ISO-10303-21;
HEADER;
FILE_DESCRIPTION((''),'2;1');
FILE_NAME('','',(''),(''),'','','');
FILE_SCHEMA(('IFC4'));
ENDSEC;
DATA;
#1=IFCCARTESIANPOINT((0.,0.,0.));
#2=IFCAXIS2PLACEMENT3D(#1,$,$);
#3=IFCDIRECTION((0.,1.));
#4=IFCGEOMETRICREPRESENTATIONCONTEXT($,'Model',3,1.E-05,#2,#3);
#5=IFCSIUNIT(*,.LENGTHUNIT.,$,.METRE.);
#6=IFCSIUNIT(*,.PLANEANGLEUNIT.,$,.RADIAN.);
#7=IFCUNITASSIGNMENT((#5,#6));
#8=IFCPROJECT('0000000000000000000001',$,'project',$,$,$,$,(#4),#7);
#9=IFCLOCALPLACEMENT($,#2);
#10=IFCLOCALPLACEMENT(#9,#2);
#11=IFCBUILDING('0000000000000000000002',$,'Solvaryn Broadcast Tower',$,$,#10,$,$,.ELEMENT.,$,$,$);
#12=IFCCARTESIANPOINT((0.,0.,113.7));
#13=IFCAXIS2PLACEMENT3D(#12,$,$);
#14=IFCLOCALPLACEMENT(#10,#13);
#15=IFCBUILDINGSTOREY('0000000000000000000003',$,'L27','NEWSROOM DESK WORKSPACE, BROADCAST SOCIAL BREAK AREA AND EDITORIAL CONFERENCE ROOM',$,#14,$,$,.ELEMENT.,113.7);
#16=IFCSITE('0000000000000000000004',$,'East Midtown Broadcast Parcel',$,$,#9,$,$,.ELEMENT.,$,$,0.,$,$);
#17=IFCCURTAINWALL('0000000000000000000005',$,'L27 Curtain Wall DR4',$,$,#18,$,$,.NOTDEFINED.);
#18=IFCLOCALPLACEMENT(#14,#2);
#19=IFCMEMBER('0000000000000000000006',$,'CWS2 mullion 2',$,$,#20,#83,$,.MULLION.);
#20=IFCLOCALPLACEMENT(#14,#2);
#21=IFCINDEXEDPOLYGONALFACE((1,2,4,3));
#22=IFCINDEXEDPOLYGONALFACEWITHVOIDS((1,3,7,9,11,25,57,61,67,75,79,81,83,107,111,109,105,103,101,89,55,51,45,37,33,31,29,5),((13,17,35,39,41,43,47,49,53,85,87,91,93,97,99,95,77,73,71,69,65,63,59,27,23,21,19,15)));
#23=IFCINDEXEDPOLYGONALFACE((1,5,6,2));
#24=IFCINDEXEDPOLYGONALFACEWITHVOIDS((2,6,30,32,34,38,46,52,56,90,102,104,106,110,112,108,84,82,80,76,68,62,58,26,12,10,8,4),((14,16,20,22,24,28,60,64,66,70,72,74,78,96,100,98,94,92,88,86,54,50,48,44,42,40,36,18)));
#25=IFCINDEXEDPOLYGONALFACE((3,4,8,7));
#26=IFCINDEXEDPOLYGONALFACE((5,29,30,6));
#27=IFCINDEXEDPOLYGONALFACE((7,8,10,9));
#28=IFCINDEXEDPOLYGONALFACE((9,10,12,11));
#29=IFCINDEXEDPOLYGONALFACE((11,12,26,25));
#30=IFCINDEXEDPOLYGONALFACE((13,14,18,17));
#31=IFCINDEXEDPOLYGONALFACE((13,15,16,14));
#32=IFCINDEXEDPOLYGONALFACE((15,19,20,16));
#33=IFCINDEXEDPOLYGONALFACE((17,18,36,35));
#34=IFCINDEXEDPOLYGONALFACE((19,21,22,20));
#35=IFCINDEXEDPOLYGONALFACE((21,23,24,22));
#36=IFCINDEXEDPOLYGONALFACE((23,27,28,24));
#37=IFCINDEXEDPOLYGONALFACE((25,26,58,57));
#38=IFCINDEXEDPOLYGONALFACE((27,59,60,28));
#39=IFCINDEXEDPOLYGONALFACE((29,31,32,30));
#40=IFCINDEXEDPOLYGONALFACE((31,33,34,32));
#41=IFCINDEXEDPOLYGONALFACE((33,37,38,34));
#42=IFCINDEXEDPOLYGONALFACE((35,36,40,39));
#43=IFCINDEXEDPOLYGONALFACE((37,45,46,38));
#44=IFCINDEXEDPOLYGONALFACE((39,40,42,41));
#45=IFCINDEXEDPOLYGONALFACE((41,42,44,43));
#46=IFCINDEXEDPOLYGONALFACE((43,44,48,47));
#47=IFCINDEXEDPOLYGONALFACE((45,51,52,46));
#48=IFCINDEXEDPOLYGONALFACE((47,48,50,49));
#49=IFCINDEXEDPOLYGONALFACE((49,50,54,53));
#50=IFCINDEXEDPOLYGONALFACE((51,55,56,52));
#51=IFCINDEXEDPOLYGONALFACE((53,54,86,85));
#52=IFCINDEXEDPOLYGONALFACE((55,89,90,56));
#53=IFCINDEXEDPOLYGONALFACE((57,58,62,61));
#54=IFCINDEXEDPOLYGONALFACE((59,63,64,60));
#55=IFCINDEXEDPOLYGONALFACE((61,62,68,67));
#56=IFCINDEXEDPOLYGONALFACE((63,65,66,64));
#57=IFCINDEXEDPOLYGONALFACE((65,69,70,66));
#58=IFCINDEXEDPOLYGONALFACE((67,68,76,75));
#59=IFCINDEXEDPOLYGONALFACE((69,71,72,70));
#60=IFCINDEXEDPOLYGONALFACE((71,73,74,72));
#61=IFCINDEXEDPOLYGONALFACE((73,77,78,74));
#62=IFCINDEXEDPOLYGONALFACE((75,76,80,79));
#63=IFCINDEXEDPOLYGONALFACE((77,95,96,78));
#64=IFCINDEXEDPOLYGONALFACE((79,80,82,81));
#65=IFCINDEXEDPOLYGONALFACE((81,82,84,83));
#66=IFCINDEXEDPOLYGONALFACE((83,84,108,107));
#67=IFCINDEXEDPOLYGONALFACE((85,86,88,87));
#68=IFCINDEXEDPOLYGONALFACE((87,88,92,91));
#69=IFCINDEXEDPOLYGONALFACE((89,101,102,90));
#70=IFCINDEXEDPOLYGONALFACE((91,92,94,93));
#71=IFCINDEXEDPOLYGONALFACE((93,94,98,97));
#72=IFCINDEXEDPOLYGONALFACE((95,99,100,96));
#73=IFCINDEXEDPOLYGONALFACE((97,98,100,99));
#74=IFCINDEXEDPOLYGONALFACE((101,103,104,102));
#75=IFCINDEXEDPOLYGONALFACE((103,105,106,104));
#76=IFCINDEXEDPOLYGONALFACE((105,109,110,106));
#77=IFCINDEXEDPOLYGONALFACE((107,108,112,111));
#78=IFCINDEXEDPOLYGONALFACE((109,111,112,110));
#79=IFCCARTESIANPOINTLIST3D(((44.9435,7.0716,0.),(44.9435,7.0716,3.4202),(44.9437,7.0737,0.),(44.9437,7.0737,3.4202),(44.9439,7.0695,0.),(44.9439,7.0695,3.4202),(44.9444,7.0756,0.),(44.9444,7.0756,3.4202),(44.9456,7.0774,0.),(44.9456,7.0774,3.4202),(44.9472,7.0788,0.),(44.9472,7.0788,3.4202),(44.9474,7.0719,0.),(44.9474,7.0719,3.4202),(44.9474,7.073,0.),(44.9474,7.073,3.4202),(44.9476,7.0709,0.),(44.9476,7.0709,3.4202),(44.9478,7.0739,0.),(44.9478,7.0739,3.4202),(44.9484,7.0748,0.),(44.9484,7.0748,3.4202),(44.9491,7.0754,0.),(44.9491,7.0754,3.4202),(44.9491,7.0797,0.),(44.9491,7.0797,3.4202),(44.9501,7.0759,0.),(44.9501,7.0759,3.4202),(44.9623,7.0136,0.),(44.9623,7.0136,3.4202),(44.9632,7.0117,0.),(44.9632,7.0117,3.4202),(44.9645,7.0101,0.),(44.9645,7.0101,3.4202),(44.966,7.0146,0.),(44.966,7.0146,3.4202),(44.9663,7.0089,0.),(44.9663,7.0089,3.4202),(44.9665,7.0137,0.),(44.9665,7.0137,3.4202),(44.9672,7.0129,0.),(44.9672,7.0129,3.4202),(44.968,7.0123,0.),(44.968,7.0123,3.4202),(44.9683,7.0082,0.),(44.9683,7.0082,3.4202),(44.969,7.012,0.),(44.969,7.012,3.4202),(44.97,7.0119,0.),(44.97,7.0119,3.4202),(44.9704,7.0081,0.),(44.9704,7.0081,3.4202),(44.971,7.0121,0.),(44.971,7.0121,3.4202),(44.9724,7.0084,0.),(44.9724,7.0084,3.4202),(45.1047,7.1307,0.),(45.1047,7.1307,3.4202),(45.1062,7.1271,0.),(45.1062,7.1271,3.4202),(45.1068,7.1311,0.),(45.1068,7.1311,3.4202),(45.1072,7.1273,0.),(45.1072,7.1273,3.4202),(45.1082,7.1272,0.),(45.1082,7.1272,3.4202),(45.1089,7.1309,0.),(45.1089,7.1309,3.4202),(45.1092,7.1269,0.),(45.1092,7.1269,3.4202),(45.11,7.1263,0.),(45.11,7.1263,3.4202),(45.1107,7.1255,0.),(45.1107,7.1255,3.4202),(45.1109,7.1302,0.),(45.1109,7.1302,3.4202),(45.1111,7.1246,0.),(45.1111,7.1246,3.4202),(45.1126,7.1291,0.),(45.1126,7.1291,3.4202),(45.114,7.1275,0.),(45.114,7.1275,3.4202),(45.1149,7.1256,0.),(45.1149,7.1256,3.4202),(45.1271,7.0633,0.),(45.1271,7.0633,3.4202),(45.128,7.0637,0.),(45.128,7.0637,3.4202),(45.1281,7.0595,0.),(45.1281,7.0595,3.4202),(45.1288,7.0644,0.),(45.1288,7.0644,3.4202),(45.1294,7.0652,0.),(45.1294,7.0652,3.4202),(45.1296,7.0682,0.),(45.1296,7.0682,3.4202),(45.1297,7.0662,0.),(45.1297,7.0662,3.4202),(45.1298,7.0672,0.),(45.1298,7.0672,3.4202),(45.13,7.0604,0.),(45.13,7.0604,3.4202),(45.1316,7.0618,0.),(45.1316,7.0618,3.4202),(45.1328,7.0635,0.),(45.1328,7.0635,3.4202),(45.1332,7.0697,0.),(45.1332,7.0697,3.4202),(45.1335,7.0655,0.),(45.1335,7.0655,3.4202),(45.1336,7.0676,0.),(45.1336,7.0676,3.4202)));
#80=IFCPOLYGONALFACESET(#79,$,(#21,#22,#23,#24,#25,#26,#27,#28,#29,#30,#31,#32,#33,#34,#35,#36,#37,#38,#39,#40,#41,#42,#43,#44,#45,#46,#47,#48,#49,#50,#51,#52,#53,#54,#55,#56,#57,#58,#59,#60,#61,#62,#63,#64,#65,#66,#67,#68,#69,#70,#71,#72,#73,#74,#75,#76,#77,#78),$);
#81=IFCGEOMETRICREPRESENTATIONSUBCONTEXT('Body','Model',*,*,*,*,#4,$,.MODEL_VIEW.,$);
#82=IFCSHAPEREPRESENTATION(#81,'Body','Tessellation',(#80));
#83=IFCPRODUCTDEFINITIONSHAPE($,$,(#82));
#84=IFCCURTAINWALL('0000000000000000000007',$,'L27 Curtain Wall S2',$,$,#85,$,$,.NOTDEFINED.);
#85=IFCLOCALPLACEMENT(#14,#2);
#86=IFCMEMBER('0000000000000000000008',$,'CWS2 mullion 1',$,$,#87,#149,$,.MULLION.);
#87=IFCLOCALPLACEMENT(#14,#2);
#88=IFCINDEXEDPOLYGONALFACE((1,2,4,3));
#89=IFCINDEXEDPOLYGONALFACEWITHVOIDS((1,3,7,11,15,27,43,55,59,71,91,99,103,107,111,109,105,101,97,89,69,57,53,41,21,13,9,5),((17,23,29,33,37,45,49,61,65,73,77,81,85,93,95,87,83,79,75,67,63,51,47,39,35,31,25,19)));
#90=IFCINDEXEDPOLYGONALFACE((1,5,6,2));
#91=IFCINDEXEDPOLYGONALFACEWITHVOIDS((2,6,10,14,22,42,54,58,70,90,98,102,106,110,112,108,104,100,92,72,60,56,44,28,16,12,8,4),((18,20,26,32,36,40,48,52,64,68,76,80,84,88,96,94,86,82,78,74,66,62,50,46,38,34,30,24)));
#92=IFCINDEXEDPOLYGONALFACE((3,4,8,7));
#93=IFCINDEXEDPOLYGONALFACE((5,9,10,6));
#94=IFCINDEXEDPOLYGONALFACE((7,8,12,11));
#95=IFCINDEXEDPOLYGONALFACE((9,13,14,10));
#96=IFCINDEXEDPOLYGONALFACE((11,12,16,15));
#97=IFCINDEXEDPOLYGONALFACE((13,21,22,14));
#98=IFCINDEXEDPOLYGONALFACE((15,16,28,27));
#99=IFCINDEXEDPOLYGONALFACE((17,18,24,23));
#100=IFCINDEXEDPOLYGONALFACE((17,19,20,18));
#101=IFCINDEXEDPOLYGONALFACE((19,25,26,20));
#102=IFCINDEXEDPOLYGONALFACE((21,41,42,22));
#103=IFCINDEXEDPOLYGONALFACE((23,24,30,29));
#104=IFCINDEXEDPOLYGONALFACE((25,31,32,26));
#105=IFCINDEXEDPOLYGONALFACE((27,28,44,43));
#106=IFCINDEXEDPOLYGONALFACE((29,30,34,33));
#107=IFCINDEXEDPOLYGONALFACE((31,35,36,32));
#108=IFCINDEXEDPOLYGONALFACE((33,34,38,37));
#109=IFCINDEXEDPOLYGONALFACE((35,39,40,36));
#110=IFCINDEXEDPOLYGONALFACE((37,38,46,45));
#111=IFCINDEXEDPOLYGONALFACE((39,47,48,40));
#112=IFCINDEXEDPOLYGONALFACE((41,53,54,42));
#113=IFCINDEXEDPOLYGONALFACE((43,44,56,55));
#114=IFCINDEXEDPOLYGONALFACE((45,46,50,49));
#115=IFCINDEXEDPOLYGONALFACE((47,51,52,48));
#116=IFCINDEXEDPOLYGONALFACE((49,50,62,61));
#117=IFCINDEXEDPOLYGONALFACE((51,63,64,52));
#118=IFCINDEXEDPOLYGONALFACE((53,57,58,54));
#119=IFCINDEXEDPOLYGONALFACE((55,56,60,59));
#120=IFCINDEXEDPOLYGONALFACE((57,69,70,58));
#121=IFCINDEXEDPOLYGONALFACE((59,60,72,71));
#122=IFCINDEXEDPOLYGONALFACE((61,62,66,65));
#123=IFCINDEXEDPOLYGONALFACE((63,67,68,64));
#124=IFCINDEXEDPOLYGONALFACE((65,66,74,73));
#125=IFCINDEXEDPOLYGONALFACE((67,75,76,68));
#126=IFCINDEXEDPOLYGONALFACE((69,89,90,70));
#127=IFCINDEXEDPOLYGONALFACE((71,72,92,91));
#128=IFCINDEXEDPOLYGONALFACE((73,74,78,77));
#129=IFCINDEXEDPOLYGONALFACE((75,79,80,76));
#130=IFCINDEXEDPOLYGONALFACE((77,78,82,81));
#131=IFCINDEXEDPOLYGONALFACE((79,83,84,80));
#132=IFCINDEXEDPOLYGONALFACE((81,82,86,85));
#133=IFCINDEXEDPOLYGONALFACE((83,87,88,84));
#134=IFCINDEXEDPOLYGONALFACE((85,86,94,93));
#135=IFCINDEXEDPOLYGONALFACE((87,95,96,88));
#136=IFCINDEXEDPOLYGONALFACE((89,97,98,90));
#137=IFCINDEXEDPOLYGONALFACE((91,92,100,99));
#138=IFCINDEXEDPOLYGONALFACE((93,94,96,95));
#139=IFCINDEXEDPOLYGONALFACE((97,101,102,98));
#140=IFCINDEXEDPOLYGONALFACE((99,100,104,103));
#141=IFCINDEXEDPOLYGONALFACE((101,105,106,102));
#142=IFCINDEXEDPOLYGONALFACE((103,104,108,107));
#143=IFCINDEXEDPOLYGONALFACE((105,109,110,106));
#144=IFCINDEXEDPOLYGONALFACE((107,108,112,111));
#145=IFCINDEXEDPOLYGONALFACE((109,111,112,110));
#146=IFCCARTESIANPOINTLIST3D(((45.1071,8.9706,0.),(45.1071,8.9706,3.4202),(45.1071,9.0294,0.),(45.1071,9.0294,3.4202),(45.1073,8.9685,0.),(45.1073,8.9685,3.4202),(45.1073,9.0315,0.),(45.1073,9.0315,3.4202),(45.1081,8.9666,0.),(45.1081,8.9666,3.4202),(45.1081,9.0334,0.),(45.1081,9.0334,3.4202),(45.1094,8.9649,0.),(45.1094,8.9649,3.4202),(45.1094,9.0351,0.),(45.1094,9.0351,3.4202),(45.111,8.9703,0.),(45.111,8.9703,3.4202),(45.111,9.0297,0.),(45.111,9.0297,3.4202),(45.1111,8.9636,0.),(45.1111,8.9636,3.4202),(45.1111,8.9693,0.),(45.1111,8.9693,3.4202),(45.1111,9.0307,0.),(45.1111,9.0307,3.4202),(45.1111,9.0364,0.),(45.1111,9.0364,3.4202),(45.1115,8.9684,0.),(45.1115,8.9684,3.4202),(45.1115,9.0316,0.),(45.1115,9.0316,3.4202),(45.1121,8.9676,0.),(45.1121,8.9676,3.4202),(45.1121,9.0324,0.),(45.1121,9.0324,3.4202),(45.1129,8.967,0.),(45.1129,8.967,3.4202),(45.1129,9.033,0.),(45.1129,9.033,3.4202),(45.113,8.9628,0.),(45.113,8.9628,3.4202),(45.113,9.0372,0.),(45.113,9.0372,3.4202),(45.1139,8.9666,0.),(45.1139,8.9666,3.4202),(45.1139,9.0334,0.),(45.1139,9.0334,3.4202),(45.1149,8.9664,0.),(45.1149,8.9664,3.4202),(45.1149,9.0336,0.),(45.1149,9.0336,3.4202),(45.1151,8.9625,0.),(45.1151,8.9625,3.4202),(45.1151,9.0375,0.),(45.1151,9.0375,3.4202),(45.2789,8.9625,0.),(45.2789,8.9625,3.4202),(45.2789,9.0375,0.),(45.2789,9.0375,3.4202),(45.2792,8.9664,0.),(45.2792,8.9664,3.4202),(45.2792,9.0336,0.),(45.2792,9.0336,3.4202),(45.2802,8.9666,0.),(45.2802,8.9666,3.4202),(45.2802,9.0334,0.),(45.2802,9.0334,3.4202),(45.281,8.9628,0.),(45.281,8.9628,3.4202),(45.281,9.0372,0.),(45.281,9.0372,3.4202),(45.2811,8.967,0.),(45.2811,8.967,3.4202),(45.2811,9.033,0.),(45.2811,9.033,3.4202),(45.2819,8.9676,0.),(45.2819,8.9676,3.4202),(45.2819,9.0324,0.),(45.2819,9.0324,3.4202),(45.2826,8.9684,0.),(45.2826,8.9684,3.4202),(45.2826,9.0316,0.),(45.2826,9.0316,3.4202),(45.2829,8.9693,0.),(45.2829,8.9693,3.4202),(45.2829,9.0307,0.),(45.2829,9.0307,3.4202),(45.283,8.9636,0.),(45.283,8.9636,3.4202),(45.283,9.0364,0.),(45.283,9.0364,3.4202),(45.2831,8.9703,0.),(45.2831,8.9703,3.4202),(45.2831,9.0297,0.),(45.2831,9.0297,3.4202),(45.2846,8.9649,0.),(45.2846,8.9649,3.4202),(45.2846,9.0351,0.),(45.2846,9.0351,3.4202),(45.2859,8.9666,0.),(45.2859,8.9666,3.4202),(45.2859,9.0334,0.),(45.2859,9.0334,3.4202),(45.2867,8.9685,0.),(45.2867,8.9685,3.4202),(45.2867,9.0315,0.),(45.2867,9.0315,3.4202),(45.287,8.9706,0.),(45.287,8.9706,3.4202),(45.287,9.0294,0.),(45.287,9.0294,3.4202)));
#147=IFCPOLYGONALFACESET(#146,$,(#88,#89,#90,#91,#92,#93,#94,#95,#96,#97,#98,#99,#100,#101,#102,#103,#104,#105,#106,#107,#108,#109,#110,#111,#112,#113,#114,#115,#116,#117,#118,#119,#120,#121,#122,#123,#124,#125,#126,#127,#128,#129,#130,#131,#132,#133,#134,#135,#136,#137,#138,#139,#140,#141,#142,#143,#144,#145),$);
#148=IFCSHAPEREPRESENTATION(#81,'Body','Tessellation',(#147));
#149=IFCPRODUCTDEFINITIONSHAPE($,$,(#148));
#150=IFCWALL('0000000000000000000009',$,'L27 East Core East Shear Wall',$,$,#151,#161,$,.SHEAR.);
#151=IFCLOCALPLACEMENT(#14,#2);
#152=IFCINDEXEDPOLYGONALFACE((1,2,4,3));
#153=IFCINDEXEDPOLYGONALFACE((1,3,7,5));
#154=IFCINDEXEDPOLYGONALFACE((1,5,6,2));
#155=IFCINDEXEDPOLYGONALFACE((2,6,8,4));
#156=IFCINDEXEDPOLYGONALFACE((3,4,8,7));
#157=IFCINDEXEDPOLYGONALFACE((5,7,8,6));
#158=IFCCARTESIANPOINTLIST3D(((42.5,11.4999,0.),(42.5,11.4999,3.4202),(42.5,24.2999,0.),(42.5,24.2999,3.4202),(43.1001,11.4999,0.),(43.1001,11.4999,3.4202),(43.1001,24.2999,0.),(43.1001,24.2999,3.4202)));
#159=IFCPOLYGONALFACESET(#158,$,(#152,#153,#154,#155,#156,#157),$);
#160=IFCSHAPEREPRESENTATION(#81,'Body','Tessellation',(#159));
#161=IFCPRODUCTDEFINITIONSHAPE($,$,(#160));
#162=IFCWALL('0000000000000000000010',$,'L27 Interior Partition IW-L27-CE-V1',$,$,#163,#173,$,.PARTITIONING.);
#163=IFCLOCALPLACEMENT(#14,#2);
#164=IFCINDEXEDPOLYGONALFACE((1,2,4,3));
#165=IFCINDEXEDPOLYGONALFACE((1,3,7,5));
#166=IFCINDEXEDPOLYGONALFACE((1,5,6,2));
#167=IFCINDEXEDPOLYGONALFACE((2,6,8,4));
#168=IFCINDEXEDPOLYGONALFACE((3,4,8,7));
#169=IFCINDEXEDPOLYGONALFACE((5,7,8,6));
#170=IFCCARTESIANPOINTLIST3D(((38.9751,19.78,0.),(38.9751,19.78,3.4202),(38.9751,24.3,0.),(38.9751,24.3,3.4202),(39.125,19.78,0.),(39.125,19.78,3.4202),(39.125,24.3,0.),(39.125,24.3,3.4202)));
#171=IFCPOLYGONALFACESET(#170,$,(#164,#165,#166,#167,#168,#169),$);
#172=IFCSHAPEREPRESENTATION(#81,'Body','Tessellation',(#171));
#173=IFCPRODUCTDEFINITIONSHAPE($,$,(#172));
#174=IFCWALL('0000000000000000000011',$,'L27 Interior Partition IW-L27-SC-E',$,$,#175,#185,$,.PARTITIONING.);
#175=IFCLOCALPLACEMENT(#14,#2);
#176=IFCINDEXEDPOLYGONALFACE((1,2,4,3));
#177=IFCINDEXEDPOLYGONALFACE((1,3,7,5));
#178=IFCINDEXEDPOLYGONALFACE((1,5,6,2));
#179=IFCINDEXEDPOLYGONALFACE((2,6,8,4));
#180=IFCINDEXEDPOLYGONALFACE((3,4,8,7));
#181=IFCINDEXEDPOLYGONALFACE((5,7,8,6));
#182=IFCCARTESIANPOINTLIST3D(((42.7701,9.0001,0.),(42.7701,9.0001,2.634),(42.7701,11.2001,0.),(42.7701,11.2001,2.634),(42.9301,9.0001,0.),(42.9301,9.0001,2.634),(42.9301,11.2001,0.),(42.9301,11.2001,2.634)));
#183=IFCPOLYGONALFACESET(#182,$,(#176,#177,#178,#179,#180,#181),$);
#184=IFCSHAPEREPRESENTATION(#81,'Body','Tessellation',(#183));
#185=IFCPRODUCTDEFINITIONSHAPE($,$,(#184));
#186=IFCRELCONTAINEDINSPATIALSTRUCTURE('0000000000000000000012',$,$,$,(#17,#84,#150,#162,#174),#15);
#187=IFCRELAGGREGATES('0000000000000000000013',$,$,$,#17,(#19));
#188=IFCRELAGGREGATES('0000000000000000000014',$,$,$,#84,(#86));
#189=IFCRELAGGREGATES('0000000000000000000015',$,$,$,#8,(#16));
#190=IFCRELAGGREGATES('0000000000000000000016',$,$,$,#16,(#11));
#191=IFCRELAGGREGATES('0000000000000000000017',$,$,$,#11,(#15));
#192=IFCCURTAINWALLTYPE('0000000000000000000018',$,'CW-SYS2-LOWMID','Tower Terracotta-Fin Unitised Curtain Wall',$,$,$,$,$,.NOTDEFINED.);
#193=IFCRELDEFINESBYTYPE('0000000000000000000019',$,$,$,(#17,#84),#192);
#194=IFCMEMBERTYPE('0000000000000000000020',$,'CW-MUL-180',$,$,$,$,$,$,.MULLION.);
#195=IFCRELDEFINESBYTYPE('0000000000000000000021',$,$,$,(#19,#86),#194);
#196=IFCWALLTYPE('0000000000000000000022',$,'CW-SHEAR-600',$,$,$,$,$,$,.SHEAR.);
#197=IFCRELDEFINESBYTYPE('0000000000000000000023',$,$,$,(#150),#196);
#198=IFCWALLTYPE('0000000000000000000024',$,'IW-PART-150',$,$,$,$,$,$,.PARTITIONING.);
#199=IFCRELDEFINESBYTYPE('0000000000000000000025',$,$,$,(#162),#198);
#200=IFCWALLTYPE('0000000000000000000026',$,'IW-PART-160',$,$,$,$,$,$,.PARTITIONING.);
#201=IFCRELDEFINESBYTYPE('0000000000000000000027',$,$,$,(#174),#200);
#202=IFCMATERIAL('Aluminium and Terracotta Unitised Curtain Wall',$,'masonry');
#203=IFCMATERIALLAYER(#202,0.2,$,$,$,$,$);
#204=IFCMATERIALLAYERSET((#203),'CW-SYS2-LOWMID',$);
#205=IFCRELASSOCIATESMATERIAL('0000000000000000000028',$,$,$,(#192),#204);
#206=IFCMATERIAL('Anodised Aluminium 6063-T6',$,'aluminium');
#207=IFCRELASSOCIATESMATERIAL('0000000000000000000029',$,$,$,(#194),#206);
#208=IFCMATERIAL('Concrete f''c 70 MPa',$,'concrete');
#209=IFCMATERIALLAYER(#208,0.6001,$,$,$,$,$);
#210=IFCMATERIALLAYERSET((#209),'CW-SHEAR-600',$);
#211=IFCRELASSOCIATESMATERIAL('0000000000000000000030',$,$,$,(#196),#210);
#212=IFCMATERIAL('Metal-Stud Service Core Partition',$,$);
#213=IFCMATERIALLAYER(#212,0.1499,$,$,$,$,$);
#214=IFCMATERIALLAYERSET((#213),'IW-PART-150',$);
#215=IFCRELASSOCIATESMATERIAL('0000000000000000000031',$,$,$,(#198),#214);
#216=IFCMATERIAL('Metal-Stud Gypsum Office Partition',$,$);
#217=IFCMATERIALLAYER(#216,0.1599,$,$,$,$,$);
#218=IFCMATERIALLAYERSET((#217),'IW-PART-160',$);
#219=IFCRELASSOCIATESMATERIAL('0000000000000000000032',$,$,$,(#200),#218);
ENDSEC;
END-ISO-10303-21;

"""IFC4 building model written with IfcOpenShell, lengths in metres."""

from ifc_helpers import new_model, si_unit, direction, frame, frame_2d, origin, origin_2d, place, context, subcontext, project, spatial, rectangle, hollow_rectangle, extrude, material, layer, layer_set, material_profile, profile_set, type_object, element, aggregate, save


model = new_model("IFC4")

# Units and contexts
model_context = context("Model", 3, precision=1e-05, world=origin(), true_north=direction((0.0, 1.0)))
body_context = subcontext(model_context, "Body", "Model", "MODEL_VIEW")
ifc_project = project(units=[si_unit("LENGTHUNIT", "METRE"), si_unit("PLANEANGLEUNIT", "RADIAN")], contexts=[model_context])

# Site, building, storey
site_placement = place(None, origin())
site = spatial("IfcSite", under=ifc_project, at=site_placement, Name="East Midtown Broadcast Parcel", CompositionType="ELEMENT", RefElevation=0.0)
building_placement = place(site_placement, origin())
building = spatial("IfcBuilding", under=site, at=building_placement, Name="Solvaryn Broadcast Tower", CompositionType="ELEMENT")
storey_placement = place(building_placement, frame((0.0, 0.0, 113.7)))
storey = spatial("IfcBuildingStorey", under=building, at=storey_placement, Name="L27", Description="NEWSROOM DESK WORKSPACE, BROADCAST SOCIAL BREAK AREA AND EDITORIAL CONFERENCE ROOM", CompositionType="ELEMENT", Elevation=113.7)

# Curtain walls, members
ifc_material_1 = material(Name="Aluminium and Terracotta Unitised Curtain Wall", Category="masonry")
ifc_layer_1 = layer(ifc_material_1, 0.2)
ifc_layer_set_1 = layer_set([ifc_layer_1], Name="CW-SYS2-LOWMID")
curtain_wall_type = type_object("IfcCurtainWallType", Name="CW-SYS2-LOWMID", Description="Tower Terracotta-Fin Unitised Curtain Wall", PredefinedType="NOTDEFINED", material=ifc_layer_set_1)
curtain_wall_1_placement = place(storey_placement, origin())
curtain_wall_1 = element("IfcCurtainWall", 1, at=curtain_wall_1_placement, inside=storey, type_object=curtain_wall_type, Name="L27 Curtain Wall DR4", PredefinedType="NOTDEFINED")
ifc_material_2 = material(Name="Anodised Aluminium 6063-T6", Category="aluminium")
ifc_material_profile_1 = material_profile(ifc_material_2, hollow_rectangle(XDim=0.075, YDim=0.1799, WallThickness=0.0039, InnerFilletRadius=0.0039, OuterFilletRadius=0.0081, at=origin_2d()))
ifc_profile_set_1 = profile_set([ifc_material_profile_1], Name="Anodised Aluminium 6063-T6")
member_type = type_object("IfcMemberType", Name="CW-MUL-180", PredefinedType="MULLION", material=ifc_profile_set_1)
member_1_placement = place(storey_placement, frame((45.0386, 7.0696, 0.0), z_axis=(0.0, 0.0, 1.0), x_axis=(-0.311646, 0.950198, 0.0)))
member_1 = element("IfcMember", 2, at=member_1_placement, type_object=member_type, Name="CWS2 mullion 2", PredefinedType="MULLION", context=body_context, shape_type="SweptSolid", body=[
    extrude(hollow_rectangle(XDim=0.075, YDim=0.1799, WallThickness=0.0039, InnerFilletRadius=0.0039, OuterFilletRadius=0.0081, at=origin_2d()), origin(), (0.0, 0.0, 1.0), 3.4202),
])
aggregate(curtain_wall_1, [member_1])
curtain_wall_2_placement = place(storey_placement, origin())
curtain_wall_2 = element("IfcCurtainWall", 3, at=curtain_wall_2_placement, inside=storey, type_object=curtain_wall_type, Name="L27 Curtain Wall S2", PredefinedType="NOTDEFINED")
member_2_placement = place(storey_placement, frame((45.197, 9.0, 0.0), z_axis=(0.0, 0.0, 1.0), x_axis=(0.0, 1.0, 0.0)))
member_2 = element("IfcMember", 4, at=member_2_placement, type_object=member_type, Name="CWS2 mullion 1", PredefinedType="MULLION", context=body_context, shape_type="SweptSolid", body=[
    extrude(hollow_rectangle(XDim=0.075, YDim=0.1799, WallThickness=0.0039, InnerFilletRadius=0.0039, OuterFilletRadius=0.0081, at=origin_2d()), origin(), (0.0, 0.0, 1.0), 3.4202),
])
aggregate(curtain_wall_2, [member_2])

# Walls
ifc_material_3 = material(Name="Concrete f'c 70 MPa", Category="concrete")
ifc_layer_2 = layer(ifc_material_3, 0.6001)
ifc_layer_set_2 = layer_set([ifc_layer_2], Name="CW-SHEAR-600")
wall_type_1 = type_object("IfcWallType", Name="CW-SHEAR-600", PredefinedType="SHEAR", material=ifc_layer_set_2)
wall_1_placement = place(storey_placement, frame((42.8, 11.5, 0.0), z_axis=(0.0, 0.0, 1.0), x_axis=(0.0, 1.0, 0.0)))
element("IfcWall", 5, at=wall_1_placement, inside=storey, type_object=wall_type_1, Name="L27 East Core East Shear Wall", PredefinedType="SHEAR", context=body_context, shape_type="SweptSolid", body=[
    extrude(rectangle(XDim=12.8, YDim=0.6001, at=frame_2d((6.3999, 0.0))), origin(), (0.0, 0.0, 1.0), 3.4202),
])
ifc_material_4 = material(Name="Metal-Stud Service Core Partition")
ifc_layer_3 = layer(ifc_material_4, 0.1499)
ifc_layer_set_3 = layer_set([ifc_layer_3], Name="IW-PART-150")
wall_type_2 = type_object("IfcWallType", Name="IW-PART-150", PredefinedType="PARTITIONING", material=ifc_layer_set_3)
wall_2_placement = place(storey_placement, frame((39.05, 19.78, 0.0), z_axis=(0.0, 0.0, 1.0), x_axis=(0.0, 1.0, 0.0)))
element("IfcWall", 6, at=wall_2_placement, inside=storey, type_object=wall_type_2, Name="L27 Interior Partition IW-L27-CE-V1", PredefinedType="PARTITIONING", context=body_context, shape_type="SweptSolid", body=[
    extrude(rectangle(XDim=4.52, YDim=0.1499, at=frame_2d((2.26, 0.0))), origin(), (0.0, 0.0, 1.0), 3.4202),
])
ifc_material_5 = material(Name="Metal-Stud Gypsum Office Partition")
ifc_layer_4 = layer(ifc_material_5, 0.1599)
ifc_layer_set_4 = layer_set([ifc_layer_4], Name="IW-PART-160")
wall_type_3 = type_object("IfcWallType", Name="IW-PART-160", PredefinedType="PARTITIONING", material=ifc_layer_set_4)
wall_3_placement = place(storey_placement, frame((42.8501, 9.0, 0.0), z_axis=(0.0, 0.0, 1.0), x_axis=(0.0, 1.0, 0.0)))
element("IfcWall", 7, at=wall_3_placement, inside=storey, type_object=wall_type_3, Name="L27 Interior Partition IW-L27-SC-E", PredefinedType="PARTITIONING", context=body_context, shape_type="SweptSolid", body=[
    extrude(rectangle(XDim=2.2, YDim=0.1599, at=frame_2d((1.1001, 0.0))), origin(), (0.0, 0.0, 1.0), 2.634),
])

save(model, "model.ifc")
